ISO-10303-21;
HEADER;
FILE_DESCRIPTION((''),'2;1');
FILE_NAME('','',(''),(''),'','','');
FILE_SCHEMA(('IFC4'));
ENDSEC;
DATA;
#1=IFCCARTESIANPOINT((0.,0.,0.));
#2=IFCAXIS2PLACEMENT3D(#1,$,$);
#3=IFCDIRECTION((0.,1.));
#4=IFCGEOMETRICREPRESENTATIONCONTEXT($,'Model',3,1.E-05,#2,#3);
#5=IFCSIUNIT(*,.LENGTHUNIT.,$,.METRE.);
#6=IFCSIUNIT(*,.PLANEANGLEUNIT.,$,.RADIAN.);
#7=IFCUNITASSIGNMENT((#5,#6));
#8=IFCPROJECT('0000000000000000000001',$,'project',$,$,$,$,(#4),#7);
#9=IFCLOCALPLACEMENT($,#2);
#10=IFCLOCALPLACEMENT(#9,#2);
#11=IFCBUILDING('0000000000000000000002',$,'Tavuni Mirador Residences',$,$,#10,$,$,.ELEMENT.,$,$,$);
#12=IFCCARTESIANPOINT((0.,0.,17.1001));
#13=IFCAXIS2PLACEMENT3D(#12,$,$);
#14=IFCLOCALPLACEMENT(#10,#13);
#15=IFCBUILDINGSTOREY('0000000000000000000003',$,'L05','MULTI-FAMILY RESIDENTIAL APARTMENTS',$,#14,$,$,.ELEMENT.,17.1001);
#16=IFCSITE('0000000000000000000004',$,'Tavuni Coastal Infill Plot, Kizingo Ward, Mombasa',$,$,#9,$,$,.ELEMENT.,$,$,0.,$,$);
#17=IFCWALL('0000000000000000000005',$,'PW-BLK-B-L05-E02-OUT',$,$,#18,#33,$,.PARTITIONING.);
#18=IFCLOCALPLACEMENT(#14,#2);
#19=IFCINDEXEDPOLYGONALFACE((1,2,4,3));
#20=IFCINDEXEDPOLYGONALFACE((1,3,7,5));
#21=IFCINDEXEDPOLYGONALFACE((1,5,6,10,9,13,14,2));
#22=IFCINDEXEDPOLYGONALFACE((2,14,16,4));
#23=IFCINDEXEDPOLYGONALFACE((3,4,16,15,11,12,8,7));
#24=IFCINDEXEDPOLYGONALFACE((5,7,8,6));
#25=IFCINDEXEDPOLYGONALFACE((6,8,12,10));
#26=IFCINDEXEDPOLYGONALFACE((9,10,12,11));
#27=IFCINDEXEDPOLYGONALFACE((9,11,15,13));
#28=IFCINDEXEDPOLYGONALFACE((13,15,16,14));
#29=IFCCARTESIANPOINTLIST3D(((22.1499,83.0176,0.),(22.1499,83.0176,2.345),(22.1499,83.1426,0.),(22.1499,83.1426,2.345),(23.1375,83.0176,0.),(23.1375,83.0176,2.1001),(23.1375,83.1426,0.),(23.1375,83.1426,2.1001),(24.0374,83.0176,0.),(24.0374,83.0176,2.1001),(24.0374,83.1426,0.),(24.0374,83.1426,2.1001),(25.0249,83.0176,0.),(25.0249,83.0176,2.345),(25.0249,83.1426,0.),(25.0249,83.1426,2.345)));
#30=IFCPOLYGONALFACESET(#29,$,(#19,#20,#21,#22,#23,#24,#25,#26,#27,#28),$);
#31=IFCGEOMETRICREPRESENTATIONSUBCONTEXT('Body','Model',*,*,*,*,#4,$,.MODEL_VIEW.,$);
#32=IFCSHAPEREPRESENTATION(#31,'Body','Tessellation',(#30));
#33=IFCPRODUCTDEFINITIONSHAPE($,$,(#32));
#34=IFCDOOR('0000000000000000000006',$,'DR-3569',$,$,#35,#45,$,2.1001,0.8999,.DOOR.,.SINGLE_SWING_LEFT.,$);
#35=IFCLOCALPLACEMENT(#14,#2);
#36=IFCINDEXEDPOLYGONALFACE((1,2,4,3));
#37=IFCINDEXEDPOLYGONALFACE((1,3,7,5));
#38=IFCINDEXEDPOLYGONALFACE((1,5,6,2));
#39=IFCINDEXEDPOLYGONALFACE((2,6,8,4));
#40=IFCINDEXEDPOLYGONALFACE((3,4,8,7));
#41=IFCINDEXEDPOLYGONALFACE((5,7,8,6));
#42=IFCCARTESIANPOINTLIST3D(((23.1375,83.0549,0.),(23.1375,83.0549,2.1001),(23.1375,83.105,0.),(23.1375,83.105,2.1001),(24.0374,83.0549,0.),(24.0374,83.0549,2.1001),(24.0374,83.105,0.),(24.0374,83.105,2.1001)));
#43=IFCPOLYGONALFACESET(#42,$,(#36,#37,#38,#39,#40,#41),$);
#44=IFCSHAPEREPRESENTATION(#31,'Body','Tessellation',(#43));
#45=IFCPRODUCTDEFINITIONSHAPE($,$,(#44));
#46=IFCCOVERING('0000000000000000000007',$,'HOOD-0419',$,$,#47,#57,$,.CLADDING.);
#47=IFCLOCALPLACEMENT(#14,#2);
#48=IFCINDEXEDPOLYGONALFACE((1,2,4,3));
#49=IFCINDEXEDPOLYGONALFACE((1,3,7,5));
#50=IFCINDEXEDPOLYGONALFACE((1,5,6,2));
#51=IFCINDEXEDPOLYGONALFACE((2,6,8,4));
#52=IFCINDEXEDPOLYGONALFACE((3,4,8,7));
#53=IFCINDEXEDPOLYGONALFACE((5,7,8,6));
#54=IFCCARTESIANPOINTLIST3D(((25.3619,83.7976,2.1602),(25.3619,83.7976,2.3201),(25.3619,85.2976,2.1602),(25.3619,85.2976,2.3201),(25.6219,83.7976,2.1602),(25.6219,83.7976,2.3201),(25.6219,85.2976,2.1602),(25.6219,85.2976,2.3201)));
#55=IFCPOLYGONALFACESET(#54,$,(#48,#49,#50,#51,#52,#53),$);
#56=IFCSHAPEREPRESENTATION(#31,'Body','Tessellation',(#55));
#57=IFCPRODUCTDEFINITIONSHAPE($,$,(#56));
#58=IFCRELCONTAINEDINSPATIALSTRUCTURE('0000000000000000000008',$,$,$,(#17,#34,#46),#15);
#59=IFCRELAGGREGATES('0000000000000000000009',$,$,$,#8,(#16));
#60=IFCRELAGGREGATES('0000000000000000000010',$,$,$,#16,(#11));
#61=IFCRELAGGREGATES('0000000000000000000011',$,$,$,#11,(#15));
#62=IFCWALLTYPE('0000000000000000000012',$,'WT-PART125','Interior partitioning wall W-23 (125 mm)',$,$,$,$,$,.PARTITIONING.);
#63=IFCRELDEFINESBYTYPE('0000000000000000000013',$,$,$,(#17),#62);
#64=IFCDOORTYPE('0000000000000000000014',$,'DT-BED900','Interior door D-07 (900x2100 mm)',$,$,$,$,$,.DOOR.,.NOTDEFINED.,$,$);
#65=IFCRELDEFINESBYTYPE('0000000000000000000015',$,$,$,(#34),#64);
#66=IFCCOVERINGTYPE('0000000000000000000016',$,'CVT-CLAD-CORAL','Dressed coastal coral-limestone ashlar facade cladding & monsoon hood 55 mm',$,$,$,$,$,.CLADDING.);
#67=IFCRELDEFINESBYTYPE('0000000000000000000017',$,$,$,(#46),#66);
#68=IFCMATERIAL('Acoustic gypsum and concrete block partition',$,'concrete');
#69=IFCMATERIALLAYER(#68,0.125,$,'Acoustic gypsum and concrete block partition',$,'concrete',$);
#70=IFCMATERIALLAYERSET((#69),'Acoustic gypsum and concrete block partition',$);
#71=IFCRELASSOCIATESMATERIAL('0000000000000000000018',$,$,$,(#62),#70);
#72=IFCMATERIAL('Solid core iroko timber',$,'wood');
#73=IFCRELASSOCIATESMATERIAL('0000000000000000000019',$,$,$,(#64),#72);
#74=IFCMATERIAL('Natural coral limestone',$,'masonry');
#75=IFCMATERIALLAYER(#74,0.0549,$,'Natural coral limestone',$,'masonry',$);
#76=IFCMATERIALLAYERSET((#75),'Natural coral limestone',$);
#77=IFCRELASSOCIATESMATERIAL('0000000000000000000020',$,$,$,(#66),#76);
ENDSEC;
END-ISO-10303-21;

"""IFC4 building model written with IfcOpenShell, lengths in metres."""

from ifc_helpers import new_model, si_unit, direction, frame, frame_2d, origin, origin_2d, place, context, subcontext, project, spatial, rectangle, extrude, material, layer, layer_set, type_object, element, fill, save


model = new_model("IFC4")

# Units and contexts
model_context = context("Model", 3, precision=1e-05, world=origin(), true_north=direction((0.0, 1.0)))
body_context = subcontext(model_context, "Body", "Model", "MODEL_VIEW")
ifc_project = project(units=[si_unit("LENGTHUNIT", "METRE"), si_unit("PLANEANGLEUNIT", "RADIAN")], contexts=[model_context])

# Site, building, storey
site_placement = place(None, origin())
site = spatial("IfcSite", under=ifc_project, at=site_placement, Name="Tavuni Coastal Infill Plot, Kizingo Ward, Mombasa", CompositionType="ELEMENT", RefElevation=0.0)
building_placement = place(site_placement, origin())
building = spatial("IfcBuilding", under=site, at=building_placement, Name="Tavuni Mirador Residences", CompositionType="ELEMENT")
storey_placement = place(building_placement, frame((0.0, 0.0, 17.1001)))
storey = spatial("IfcBuildingStorey", under=building, at=storey_placement, Name="L05", Description="MULTI-FAMILY RESIDENTIAL APARTMENTS", CompositionType="ELEMENT", Elevation=17.1001)

# Wall, opening, door
ifc_material_1 = material(Name="Acoustic gypsum and concrete block partition", Category="concrete")
ifc_material_2 = material(Name="Solid core iroko timber", Category="wood")
ifc_layer_1 = layer(ifc_material_1, 0.125, Name="Acoustic gypsum and concrete block partition", Category="concrete")
ifc_layer_set_1 = layer_set([ifc_layer_1], Name="Acoustic gypsum and concrete block partition")
wall_type_1 = type_object("IfcWallType", Name="WT-PART125", Description="Interior partitioning wall W-23 (125 mm)", PredefinedType="PARTITIONING", material=ifc_layer_set_1)
wall_1_placement = place(storey_placement, frame((22.1499, 83.0801, 0.0), z_axis=(0.0, 0.0, 1.0), x_axis=(1.0, 0.0, 0.0)))
wall_1 = element("IfcWall", 1, at=wall_1_placement, inside=storey, type_object=wall_type_1, Name="PW-BLK-B-L05-E02-OUT", PredefinedType="PARTITIONING", context=body_context, shape_type="SweptSolid", body=[
    extrude(rectangle(XDim=2.875, YDim=0.125, at=frame_2d((1.4375, 0.0))), origin(), (0.0, 0.0, 1.0), 2.345),
])
opening_1_placement = place(wall_1_placement, frame((0.9875, 0.0, 0.0)))
opening_1 = element("IfcOpeningElement", 2, at=opening_1_placement, cuts=wall_1, PredefinedType="OPENING", context=body_context, shape_type="SweptSolid", body=[
    extrude(rectangle(XDim=0.8999, YDim=2.1001, at=frame_2d((0.45, 1.05))), frame((0.0, 0.0725, 0.0), z_axis=(0.0, -1.0, 0.0), x_axis=(1.0, 0.0, 0.0)), (0.0, 0.0, 1.0), 0.145),
])
door_type_1 = type_object("IfcDoorType", Name="DT-BED900", Description="Interior door D-07 (900x2100 mm)", OperationType="NOTDEFINED", PredefinedType="DOOR", material=ifc_material_2)
door_1_placement = place(opening_1_placement, origin())
door_1 = element("IfcDoor", 3, at=door_1_placement, inside=storey, type_object=door_type_1, Name="DR-3569", OperationType="SINGLE_SWING_LEFT", OverallHeight=2.1001, OverallWidth=0.8999, PredefinedType="DOOR", context=body_context, shape_type="SweptSolid", body=[
    extrude(rectangle(XDim=0.8999, YDim=2.1001, at=frame_2d((0.45, 1.05))), frame((0.0, 0.0249, 0.0), z_axis=(0.0, -1.0, 0.0), x_axis=(1.0, 0.0, 0.0)), (0.0, 0.0, 1.0), 0.05),
])
fill(opening_1, door_1)

# Covering
ifc_material_3 = material(Name="Natural coral limestone", Category="masonry")
ifc_layer_2 = layer(ifc_material_3, 0.0549, Name="Natural coral limestone", Category="masonry")
ifc_layer_set_2 = layer_set([ifc_layer_2], Name="Natural coral limestone")
covering_type = type_object("IfcCoveringType", Name="CVT-CLAD-CORAL", Description="Dressed coastal coral-limestone ashlar facade cladding & monsoon hood 55 mm", PredefinedType="CLADDING", material=ifc_layer_set_2)
covering_placement = place(storey_placement, frame((25.4919, 84.5476, 2.1602), z_axis=(0.0, 0.0, 1.0), x_axis=(0.0, 1.0, 0.0)))
element("IfcCovering", 4, at=covering_placement, inside=storey, type_object=covering_type, Name="HOOD-0419", PredefinedType="CLADDING", context=body_context, shape_type="SweptSolid", body=[
    extrude(rectangle(XDim=1.5, YDim=0.26, at=origin_2d()), origin(), (0.0, 0.0, 1.0), 0.1599),
])

save(model, "model.ifc")
